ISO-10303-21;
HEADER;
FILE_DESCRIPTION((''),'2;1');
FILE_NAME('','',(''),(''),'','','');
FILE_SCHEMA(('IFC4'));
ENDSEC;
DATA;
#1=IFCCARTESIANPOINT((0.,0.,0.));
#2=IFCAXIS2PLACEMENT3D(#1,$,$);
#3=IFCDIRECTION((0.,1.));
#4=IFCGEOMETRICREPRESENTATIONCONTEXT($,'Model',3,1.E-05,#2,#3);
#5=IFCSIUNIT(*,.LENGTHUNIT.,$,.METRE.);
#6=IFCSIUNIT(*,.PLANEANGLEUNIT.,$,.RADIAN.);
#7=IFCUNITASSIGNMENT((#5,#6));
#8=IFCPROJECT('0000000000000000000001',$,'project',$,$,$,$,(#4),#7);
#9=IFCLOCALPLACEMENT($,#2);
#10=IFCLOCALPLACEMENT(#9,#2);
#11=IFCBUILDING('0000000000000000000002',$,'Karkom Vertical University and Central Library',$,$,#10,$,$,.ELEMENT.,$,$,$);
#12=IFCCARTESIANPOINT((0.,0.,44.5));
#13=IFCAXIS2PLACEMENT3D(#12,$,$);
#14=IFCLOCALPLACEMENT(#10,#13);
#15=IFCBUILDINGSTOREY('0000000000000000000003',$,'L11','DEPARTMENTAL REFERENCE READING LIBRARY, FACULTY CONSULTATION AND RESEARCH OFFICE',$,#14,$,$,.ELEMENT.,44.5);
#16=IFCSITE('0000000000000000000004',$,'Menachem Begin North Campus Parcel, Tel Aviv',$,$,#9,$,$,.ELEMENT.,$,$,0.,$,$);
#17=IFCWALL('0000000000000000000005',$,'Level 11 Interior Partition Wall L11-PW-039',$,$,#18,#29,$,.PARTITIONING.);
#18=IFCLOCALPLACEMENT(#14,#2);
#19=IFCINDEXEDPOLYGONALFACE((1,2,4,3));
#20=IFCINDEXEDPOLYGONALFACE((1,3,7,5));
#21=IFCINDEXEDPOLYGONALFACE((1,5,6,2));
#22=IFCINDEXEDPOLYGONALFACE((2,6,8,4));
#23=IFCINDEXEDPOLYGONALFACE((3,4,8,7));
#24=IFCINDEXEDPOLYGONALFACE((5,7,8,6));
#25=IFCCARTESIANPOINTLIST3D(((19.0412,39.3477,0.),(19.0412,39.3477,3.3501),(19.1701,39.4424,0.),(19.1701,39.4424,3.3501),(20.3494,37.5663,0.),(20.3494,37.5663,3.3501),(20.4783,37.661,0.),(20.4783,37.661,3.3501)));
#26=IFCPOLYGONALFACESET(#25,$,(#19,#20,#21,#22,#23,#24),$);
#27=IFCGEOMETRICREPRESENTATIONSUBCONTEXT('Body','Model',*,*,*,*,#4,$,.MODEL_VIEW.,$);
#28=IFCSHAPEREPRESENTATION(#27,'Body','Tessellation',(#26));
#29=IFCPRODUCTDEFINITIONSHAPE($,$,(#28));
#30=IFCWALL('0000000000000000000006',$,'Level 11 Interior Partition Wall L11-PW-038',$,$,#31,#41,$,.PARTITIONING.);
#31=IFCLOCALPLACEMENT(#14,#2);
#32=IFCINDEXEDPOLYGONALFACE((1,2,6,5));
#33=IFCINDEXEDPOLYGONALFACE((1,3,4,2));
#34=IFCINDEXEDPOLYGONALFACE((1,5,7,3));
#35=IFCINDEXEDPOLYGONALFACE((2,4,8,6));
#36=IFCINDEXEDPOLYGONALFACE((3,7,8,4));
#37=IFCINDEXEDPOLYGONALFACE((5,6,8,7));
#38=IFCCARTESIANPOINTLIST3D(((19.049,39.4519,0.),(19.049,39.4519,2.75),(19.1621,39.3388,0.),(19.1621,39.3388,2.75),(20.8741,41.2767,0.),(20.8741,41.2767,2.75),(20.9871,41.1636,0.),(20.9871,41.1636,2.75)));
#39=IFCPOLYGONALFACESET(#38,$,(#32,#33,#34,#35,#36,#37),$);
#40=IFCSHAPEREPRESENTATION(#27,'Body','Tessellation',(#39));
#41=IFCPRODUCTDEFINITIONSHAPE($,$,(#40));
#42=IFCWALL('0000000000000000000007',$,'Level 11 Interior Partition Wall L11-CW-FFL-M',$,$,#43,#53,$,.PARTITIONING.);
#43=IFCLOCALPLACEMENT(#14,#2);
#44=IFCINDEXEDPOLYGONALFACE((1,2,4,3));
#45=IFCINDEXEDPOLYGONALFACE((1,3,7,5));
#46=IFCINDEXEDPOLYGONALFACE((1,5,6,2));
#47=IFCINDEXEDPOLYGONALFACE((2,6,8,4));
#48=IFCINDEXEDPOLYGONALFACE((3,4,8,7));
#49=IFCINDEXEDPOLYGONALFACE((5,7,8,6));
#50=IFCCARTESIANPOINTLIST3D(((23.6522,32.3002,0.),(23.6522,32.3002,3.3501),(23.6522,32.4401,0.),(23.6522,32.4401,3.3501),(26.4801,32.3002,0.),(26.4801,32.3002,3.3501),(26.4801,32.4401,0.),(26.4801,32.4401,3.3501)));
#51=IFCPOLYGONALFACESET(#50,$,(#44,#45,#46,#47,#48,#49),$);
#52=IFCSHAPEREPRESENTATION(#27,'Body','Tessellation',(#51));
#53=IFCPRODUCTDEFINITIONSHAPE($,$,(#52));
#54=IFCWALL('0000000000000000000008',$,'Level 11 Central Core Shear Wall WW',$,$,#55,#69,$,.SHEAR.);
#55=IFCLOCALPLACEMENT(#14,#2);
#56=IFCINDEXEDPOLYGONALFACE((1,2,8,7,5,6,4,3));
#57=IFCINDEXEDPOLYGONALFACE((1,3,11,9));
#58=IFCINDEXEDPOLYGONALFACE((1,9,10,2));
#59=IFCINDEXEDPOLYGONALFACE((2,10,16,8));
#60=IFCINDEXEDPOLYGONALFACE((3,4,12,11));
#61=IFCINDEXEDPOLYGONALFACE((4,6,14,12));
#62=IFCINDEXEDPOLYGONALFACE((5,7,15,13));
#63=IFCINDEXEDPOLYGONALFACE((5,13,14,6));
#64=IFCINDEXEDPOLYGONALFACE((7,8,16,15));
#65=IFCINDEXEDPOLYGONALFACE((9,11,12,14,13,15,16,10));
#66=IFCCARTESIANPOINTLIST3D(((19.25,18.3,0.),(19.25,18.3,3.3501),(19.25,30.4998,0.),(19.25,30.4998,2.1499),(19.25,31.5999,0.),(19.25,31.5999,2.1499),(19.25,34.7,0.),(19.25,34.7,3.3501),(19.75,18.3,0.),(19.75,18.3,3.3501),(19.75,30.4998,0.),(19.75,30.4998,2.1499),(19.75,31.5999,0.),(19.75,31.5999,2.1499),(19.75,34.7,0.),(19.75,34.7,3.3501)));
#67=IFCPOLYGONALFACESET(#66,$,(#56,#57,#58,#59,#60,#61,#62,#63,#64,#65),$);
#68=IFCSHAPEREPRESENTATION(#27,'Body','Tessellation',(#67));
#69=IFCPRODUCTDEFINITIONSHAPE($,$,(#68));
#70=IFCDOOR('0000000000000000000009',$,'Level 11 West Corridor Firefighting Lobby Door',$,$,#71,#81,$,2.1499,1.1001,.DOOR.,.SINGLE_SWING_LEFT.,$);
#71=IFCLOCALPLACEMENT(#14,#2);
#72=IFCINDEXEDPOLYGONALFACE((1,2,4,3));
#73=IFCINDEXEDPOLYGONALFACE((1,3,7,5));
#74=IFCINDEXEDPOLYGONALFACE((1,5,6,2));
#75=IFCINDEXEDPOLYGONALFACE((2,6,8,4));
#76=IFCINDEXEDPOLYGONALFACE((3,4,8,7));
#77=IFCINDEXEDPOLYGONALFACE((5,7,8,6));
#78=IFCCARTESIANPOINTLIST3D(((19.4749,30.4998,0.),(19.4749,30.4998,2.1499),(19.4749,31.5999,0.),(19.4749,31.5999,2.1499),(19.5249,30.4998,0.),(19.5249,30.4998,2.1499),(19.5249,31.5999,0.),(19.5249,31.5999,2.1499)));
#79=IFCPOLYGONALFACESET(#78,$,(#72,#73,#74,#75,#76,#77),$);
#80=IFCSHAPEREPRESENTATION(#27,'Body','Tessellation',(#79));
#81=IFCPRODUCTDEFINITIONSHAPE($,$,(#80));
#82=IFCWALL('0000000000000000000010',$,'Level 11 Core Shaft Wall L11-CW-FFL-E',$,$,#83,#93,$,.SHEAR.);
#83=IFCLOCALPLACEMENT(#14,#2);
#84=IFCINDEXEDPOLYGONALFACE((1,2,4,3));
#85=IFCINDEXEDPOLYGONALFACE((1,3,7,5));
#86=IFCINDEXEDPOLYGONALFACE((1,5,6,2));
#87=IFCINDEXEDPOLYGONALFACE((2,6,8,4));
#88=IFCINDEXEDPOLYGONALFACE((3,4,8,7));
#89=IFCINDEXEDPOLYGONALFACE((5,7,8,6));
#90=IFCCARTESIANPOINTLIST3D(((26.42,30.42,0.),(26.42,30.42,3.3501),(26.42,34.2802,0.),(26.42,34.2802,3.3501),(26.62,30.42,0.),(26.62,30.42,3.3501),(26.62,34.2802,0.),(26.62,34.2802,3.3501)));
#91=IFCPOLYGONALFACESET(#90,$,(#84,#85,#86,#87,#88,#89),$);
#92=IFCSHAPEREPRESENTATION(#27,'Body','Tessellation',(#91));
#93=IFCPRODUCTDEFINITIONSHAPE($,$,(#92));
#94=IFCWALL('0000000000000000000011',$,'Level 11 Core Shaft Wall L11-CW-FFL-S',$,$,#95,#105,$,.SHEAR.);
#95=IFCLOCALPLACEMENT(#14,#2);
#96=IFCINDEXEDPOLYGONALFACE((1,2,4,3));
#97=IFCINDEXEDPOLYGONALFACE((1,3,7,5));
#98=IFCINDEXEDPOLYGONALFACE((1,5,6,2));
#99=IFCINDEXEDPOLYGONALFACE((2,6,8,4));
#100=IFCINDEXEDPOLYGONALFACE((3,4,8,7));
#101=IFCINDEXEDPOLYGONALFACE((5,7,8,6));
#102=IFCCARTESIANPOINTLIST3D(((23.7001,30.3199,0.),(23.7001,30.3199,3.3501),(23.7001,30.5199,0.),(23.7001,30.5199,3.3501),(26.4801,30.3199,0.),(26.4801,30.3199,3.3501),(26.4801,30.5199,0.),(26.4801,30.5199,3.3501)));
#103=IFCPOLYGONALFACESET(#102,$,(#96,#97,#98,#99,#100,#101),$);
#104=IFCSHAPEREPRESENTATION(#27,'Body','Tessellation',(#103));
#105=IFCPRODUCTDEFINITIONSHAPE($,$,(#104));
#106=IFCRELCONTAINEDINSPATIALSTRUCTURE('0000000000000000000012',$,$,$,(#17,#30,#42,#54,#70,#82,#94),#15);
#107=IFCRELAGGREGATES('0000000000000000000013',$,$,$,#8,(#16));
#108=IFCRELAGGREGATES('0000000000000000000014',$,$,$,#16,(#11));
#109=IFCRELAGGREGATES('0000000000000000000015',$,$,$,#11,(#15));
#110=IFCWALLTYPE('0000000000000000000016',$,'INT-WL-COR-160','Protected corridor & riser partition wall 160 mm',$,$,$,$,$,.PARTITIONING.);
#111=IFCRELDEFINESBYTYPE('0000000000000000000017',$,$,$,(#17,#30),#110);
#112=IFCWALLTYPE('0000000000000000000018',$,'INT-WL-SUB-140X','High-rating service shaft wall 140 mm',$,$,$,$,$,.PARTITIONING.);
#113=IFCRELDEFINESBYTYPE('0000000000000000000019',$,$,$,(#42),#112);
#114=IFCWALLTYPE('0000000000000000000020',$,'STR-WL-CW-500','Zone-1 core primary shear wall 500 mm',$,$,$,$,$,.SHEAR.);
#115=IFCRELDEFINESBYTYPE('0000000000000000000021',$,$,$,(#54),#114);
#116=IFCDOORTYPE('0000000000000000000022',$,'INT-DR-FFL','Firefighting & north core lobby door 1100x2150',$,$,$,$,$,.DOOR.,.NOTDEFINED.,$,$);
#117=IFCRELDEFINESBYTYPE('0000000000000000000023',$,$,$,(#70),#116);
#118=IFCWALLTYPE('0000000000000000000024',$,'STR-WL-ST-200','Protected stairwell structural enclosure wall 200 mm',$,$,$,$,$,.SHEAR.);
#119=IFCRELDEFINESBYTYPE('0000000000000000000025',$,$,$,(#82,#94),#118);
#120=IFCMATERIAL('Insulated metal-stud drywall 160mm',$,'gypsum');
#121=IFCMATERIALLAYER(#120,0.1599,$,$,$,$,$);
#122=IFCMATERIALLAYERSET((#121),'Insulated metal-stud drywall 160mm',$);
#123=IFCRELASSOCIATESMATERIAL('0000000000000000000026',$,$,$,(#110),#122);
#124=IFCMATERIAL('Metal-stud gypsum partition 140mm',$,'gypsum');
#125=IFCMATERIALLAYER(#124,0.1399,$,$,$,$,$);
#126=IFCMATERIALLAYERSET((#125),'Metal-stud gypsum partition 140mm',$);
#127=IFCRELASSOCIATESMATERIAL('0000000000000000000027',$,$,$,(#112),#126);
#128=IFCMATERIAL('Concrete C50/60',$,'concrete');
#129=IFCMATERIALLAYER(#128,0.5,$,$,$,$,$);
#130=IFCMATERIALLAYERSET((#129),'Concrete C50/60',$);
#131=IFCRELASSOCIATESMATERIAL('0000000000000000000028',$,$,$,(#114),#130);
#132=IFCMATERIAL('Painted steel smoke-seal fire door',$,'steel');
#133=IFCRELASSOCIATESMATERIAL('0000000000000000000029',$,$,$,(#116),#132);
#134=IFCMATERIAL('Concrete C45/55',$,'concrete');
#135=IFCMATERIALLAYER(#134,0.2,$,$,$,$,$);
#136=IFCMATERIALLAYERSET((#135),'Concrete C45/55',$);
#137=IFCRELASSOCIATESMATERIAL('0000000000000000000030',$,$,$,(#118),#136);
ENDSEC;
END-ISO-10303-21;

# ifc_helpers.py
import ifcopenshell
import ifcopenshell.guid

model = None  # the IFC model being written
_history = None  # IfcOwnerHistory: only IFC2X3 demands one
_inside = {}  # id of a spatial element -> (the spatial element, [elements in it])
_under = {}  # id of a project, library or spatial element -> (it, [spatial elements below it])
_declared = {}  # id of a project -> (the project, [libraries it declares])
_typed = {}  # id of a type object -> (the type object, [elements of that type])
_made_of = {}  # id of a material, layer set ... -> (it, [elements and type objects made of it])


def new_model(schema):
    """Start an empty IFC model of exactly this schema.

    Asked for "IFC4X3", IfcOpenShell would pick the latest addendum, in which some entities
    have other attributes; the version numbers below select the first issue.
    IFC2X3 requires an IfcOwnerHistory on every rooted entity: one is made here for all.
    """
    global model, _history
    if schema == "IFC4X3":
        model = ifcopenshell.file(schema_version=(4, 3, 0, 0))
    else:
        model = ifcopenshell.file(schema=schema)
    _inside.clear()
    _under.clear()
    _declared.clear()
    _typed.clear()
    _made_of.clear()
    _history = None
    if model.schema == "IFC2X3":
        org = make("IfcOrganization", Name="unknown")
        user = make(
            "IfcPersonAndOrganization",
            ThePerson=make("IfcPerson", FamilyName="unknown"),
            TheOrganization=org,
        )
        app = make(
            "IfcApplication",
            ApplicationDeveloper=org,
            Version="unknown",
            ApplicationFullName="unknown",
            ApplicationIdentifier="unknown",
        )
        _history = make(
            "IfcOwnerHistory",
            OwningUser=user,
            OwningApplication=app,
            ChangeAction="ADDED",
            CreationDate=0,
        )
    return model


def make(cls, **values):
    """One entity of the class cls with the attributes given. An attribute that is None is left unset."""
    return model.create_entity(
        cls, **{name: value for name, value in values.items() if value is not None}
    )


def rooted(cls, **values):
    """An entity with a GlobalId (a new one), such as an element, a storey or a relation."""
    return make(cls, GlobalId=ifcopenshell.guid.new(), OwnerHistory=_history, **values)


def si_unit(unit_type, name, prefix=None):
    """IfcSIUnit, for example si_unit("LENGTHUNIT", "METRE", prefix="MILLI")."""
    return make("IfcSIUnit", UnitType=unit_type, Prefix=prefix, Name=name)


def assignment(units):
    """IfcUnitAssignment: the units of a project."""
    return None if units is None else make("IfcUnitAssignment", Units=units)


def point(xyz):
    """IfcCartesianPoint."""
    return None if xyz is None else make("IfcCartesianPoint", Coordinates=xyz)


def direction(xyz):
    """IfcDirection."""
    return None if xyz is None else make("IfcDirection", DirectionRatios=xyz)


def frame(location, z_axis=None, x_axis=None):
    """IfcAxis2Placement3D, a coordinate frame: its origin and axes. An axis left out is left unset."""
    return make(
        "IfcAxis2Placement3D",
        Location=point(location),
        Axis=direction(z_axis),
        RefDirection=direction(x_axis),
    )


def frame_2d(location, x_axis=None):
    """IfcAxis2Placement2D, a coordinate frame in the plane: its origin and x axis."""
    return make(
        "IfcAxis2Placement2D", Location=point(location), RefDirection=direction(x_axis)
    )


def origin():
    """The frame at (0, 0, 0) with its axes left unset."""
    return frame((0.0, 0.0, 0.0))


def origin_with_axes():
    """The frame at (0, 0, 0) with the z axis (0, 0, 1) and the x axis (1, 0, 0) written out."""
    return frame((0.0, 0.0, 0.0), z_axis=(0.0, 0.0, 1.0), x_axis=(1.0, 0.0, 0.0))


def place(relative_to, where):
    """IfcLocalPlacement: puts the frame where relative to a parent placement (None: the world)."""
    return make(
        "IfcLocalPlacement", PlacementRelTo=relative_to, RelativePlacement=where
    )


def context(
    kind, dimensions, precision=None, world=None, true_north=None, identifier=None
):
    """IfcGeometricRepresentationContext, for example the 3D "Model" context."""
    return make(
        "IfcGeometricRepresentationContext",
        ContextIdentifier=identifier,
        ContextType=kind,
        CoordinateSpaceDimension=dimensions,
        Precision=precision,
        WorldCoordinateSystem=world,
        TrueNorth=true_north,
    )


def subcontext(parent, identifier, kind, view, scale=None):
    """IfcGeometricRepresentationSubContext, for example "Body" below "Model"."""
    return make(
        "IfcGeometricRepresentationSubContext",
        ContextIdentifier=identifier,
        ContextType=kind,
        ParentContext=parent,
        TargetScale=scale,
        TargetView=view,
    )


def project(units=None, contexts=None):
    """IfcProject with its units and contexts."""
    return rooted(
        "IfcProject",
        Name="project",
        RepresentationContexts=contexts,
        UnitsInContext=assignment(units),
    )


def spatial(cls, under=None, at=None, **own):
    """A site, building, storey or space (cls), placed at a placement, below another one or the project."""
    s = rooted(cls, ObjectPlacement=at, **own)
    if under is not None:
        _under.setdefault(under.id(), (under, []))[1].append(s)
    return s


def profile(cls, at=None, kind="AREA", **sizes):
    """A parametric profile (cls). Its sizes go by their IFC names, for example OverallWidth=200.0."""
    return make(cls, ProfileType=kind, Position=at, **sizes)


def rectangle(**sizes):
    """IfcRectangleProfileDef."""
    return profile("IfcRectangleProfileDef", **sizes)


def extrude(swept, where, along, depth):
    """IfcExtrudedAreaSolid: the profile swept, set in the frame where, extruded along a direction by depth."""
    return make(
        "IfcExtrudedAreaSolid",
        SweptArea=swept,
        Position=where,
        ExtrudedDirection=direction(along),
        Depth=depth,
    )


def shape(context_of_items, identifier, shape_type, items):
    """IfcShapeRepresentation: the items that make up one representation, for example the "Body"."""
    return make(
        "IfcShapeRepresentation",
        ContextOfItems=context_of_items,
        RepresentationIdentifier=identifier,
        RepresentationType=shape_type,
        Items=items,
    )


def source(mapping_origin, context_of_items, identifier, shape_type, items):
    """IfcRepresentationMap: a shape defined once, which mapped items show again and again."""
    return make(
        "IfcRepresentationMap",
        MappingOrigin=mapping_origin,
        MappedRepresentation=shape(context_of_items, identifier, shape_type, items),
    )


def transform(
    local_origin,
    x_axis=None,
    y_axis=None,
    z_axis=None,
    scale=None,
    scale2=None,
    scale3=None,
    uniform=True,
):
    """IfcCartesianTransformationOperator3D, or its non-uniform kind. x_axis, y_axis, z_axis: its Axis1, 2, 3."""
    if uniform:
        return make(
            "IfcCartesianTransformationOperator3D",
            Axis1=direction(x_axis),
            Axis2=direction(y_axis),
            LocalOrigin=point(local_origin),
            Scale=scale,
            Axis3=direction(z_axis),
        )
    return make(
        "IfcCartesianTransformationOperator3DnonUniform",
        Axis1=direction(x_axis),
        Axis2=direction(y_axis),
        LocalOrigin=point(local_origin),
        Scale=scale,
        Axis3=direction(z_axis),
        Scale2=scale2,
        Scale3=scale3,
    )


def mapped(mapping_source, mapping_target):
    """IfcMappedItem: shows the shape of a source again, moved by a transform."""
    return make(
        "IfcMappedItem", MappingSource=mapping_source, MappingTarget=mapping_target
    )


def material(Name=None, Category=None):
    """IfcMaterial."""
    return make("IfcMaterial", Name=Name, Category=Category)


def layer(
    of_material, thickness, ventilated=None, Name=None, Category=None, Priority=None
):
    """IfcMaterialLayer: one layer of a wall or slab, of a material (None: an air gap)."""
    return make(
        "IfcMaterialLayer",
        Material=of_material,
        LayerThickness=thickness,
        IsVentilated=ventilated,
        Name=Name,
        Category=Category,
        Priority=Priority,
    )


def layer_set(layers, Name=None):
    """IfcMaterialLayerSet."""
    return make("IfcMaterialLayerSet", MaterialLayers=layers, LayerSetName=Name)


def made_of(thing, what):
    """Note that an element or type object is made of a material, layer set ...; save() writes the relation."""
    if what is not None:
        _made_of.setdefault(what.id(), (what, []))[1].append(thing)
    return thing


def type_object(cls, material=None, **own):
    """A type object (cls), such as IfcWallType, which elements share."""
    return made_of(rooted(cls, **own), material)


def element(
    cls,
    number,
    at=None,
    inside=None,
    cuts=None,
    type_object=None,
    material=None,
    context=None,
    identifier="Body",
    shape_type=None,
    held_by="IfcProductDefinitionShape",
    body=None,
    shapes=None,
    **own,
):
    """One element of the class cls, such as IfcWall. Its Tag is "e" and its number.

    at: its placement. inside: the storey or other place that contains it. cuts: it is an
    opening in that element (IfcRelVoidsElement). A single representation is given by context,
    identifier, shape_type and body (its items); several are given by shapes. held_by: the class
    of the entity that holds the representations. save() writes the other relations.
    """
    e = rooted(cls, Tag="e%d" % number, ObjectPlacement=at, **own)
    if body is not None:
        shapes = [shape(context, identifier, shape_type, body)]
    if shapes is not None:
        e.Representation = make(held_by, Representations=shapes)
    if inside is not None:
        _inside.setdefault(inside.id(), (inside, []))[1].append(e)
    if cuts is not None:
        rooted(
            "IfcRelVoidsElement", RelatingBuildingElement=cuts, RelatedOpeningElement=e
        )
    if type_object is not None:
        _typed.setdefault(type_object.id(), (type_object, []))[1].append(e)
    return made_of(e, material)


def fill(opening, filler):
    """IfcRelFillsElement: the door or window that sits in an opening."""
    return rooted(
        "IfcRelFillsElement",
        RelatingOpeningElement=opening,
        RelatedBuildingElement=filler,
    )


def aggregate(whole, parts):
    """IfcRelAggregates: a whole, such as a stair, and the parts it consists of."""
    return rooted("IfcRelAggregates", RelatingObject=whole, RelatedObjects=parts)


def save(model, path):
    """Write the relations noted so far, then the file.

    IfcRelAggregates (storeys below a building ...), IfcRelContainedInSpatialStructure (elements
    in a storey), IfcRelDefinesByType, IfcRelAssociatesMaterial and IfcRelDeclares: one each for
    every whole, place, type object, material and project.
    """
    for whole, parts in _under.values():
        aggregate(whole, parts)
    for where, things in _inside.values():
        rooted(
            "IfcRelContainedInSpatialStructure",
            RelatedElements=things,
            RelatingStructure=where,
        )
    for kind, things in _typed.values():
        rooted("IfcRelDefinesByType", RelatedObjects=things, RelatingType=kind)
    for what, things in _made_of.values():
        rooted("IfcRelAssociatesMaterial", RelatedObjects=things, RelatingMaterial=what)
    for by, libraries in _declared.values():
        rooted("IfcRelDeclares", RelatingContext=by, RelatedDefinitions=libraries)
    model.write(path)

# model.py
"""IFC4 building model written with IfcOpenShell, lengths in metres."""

from ifc_helpers import new_model, si_unit, direction, frame, frame_2d, origin, origin_with_axes, place, context, subcontext, project, spatial, rectangle, extrude, source, transform, mapped, material, layer, layer_set, type_object, element, fill, save


model = new_model("IFC4")

# Units and contexts
model_context = context("Model", 3, precision=1e-05, world=origin(), true_north=direction((0.0, 1.0)))
body_context = subcontext(model_context, "Body", "Model", "MODEL_VIEW")
ifc_project = project(units=[si_unit("LENGTHUNIT", "METRE"), si_unit("PLANEANGLEUNIT", "RADIAN")], contexts=[model_context])

# Site, building, storey
site_placement = place(None, origin())
site = spatial("IfcSite", under=ifc_project, at=site_placement, Name="Menachem Begin North Campus Parcel, Tel Aviv", CompositionType="ELEMENT", RefElevation=0.0)
building_placement = place(site_placement, origin())
building = spatial("IfcBuilding", under=site, at=building_placement, Name="Karkom Vertical University and Central Library", CompositionType="ELEMENT")
storey_placement = place(building_placement, frame((0.0, 0.0, 44.5)))
storey = spatial("IfcBuildingStorey", under=building, at=storey_placement, Name="L11", Description="DEPARTMENTAL REFERENCE READING LIBRARY, FACULTY CONSULTATION AND RESEARCH OFFICE", CompositionType="ELEMENT", Elevation=44.5)

# Shared definitions
ifc_material_1 = material(Name="Concrete C50/60", Category="concrete")

# Shared definitions
ifc_material_2 = material(Name="Insulated metal-stud drywall 160mm", Category="gypsum")
ifc_layer_1 = layer(ifc_material_2, 0.1599)
ifc_layer_set_1 = layer_set([ifc_layer_1], Name="Insulated metal-stud drywall 160mm")
wall_type_1 = type_object("IfcWallType", Name="INT-WL-COR-160", Description="Protected corridor & riser partition wall 160 mm", PredefinedType="PARTITIONING", material=ifc_layer_set_1)

# Walls
wall_1_placement = place(storey_placement, frame((20.4138, 37.6138, 0.0), z_axis=(0.0, 0.0, 1.0), x_axis=(-0.591929, 0.80599, 0.0)))
element("IfcWall", 1, at=wall_1_placement, inside=storey, type_object=wall_type_1, Name="Level 11 Interior Partition Wall L11-PW-039", PredefinedType="PARTITIONING", context=body_context, shape_type="SweptSolid", body=[
    extrude(rectangle(XDim=2.2102, YDim=0.1599, at=frame_2d((1.105, 0.0))), origin(), (0.0, 0.0, 1.0), 3.3501),
])
wall_2_placement = place(storey_placement, frame((19.1055, 39.3953, 0.0), z_axis=(0.0, 0.0, 1.0), x_axis=(0.707154, 0.707059, 0.0)))
element("IfcWall", 2, at=wall_2_placement, inside=storey, type_object=wall_type_1, Name="Level 11 Interior Partition Wall L11-PW-038", PredefinedType="PARTITIONING", context=body_context, shape_type="SweptSolid", body=[
    extrude(rectangle(XDim=2.5808, YDim=0.1599, at=frame_2d((1.2905, 0.0))), origin(), (0.0, 0.0, 1.0), 2.75),
])
ifc_material_3 = material(Name="Metal-stud gypsum partition 140mm", Category="gypsum")
ifc_layer_2 = layer(ifc_material_3, 0.1399)
ifc_layer_set_2 = layer_set([ifc_layer_2], Name="Metal-stud gypsum partition 140mm")
wall_type_2 = type_object("IfcWallType", Name="INT-WL-SUB-140X", Description="High-rating service shaft wall 140 mm", PredefinedType="PARTITIONING", material=ifc_layer_set_2)
wall_3_placement = place(storey_placement, frame((23.6521, 32.3701, 0.0), z_axis=(0.0, 0.0, 1.0), x_axis=(1.0, 0.0, 0.0)))
element("IfcWall", 3, at=wall_3_placement, inside=storey, type_object=wall_type_2, Name="Level 11 Interior Partition Wall L11-CW-FFL-M", PredefinedType="PARTITIONING", context=body_context, shape_type="SweptSolid", body=[
    extrude(rectangle(XDim=2.8279, YDim=0.1399, at=frame_2d((1.4141, 0.0))), origin(), (0.0, 0.0, 1.0), 3.3501),
])

# Wall, opening, door
ifc_layer_3 = layer(ifc_material_1, 0.5)
ifc_layer_set_3 = layer_set([ifc_layer_3], Name="Concrete C50/60")
wall_type_3 = type_object("IfcWallType", Name="STR-WL-CW-500", Description="Zone-1 core primary shear wall 500 mm", PredefinedType="SHEAR", material=ifc_layer_set_3)
ifc_material_4 = material(Name="Painted steel smoke-seal fire door", Category="steel")
door_type_1 = type_object("IfcDoorType", Name="INT-DR-FFL", Description="Firefighting & north core lobby door 1100x2150", OperationType="NOTDEFINED", PredefinedType="DOOR", material=ifc_material_4)
shared_shape_1 = source(origin_with_axes(), body_context, "Body", "SweptSolid", [
    extrude(rectangle(XDim=1.1001, YDim=2.1499, at=frame_2d((0.55, 1.075))), frame((0.0, 0.0249, 0.0), z_axis=(0.0, -1.0, 0.0), x_axis=(1.0, 0.0, 0.0)), (0.0, 0.0, 1.0), 0.05),
])
wall_4_placement = place(storey_placement, frame((19.5, 34.7, 0.0), z_axis=(0.0, 0.0, 1.0), x_axis=(0.0, -1.0, 0.0)))
wall_4 = element("IfcWall", 4, at=wall_4_placement, inside=storey, type_object=wall_type_3, Name="Level 11 Central Core Shear Wall WW", PredefinedType="SHEAR", context=body_context, shape_type="SweptSolid", body=[
    extrude(rectangle(XDim=16.3999, YDim=0.5, at=frame_2d((8.2, 0.0))), origin(), (0.0, 0.0, 1.0), 3.3501),
])
opening_1_placement = place(wall_4_placement, frame((3.1001, 0.0, 0.0)))
opening_1 = element("IfcOpeningElement", 5, at=opening_1_placement, cuts=wall_4, PredefinedType="OPENING", context=body_context, shape_type="SweptSolid", body=[
    extrude(rectangle(XDim=1.1001, YDim=2.1499, at=frame_2d((0.55, 1.075))), frame((0.0, 0.26, 0.0), z_axis=(0.0, -1.0, 0.0), x_axis=(1.0, 0.0, 0.0)), (0.0, 0.0, 1.0), 0.52),
])
door_1_placement = place(opening_1_placement, origin())
door_1 = element("IfcDoor", 6, at=door_1_placement, inside=storey, type_object=door_type_1, Name="Level 11 West Corridor Firefighting Lobby Door", OperationType="SINGLE_SWING_LEFT", OverallHeight=2.1499, OverallWidth=1.1001, PredefinedType="DOOR", context=body_context, shape_type="MappedRepresentation", body=[
    mapped(shared_shape_1, transform((0.0, 0.0, 0.0), scale=1.0)),
])
fill(opening_1, door_1)

# Walls
ifc_material_5 = material(Name="Concrete C45/55", Category="concrete")
ifc_layer_4 = layer(ifc_material_5, 0.2)
ifc_layer_set_4 = layer_set([ifc_layer_4], Name="Concrete C45/55")
wall_type_4 = type_object("IfcWallType", Name="STR-WL-ST-200", Description="Protected stairwell structural enclosure wall 200 mm", PredefinedType="SHEAR", material=ifc_layer_set_4)
wall_5_placement = place(storey_placement, frame((26.52, 30.4199, 0.0), z_axis=(0.0, 0.0, 1.0), x_axis=(0.0, 1.0, 0.0)))
element("IfcWall", 7, at=wall_5_placement, inside=storey, type_object=wall_type_4, Name="Level 11 Core Shaft Wall L11-CW-FFL-E", PredefinedType="SHEAR", context=body_context, shape_type="SweptSolid", body=[
    extrude(rectangle(XDim=3.8601, YDim=0.2, at=frame_2d((1.9302, 0.0))), origin(), (0.0, 0.0, 1.0), 3.3501),
])
wall_6_placement = place(storey_placement, frame((23.7, 30.4199, 0.0), z_axis=(0.0, 0.0, 1.0), x_axis=(1.0, 0.0, 0.0)))
element("IfcWall", 8, at=wall_6_placement, inside=storey, type_object=wall_type_4, Name="Level 11 Core Shaft Wall L11-CW-FFL-S", PredefinedType="SHEAR", context=body_context, shape_type="SweptSolid", body=[
    extrude(rectangle(XDim=2.78, YDim=0.2, at=frame_2d((1.3901, 0.0))), origin(), (0.0, 0.0, 1.0), 3.3501),
])

save(model, "model.ifc")
